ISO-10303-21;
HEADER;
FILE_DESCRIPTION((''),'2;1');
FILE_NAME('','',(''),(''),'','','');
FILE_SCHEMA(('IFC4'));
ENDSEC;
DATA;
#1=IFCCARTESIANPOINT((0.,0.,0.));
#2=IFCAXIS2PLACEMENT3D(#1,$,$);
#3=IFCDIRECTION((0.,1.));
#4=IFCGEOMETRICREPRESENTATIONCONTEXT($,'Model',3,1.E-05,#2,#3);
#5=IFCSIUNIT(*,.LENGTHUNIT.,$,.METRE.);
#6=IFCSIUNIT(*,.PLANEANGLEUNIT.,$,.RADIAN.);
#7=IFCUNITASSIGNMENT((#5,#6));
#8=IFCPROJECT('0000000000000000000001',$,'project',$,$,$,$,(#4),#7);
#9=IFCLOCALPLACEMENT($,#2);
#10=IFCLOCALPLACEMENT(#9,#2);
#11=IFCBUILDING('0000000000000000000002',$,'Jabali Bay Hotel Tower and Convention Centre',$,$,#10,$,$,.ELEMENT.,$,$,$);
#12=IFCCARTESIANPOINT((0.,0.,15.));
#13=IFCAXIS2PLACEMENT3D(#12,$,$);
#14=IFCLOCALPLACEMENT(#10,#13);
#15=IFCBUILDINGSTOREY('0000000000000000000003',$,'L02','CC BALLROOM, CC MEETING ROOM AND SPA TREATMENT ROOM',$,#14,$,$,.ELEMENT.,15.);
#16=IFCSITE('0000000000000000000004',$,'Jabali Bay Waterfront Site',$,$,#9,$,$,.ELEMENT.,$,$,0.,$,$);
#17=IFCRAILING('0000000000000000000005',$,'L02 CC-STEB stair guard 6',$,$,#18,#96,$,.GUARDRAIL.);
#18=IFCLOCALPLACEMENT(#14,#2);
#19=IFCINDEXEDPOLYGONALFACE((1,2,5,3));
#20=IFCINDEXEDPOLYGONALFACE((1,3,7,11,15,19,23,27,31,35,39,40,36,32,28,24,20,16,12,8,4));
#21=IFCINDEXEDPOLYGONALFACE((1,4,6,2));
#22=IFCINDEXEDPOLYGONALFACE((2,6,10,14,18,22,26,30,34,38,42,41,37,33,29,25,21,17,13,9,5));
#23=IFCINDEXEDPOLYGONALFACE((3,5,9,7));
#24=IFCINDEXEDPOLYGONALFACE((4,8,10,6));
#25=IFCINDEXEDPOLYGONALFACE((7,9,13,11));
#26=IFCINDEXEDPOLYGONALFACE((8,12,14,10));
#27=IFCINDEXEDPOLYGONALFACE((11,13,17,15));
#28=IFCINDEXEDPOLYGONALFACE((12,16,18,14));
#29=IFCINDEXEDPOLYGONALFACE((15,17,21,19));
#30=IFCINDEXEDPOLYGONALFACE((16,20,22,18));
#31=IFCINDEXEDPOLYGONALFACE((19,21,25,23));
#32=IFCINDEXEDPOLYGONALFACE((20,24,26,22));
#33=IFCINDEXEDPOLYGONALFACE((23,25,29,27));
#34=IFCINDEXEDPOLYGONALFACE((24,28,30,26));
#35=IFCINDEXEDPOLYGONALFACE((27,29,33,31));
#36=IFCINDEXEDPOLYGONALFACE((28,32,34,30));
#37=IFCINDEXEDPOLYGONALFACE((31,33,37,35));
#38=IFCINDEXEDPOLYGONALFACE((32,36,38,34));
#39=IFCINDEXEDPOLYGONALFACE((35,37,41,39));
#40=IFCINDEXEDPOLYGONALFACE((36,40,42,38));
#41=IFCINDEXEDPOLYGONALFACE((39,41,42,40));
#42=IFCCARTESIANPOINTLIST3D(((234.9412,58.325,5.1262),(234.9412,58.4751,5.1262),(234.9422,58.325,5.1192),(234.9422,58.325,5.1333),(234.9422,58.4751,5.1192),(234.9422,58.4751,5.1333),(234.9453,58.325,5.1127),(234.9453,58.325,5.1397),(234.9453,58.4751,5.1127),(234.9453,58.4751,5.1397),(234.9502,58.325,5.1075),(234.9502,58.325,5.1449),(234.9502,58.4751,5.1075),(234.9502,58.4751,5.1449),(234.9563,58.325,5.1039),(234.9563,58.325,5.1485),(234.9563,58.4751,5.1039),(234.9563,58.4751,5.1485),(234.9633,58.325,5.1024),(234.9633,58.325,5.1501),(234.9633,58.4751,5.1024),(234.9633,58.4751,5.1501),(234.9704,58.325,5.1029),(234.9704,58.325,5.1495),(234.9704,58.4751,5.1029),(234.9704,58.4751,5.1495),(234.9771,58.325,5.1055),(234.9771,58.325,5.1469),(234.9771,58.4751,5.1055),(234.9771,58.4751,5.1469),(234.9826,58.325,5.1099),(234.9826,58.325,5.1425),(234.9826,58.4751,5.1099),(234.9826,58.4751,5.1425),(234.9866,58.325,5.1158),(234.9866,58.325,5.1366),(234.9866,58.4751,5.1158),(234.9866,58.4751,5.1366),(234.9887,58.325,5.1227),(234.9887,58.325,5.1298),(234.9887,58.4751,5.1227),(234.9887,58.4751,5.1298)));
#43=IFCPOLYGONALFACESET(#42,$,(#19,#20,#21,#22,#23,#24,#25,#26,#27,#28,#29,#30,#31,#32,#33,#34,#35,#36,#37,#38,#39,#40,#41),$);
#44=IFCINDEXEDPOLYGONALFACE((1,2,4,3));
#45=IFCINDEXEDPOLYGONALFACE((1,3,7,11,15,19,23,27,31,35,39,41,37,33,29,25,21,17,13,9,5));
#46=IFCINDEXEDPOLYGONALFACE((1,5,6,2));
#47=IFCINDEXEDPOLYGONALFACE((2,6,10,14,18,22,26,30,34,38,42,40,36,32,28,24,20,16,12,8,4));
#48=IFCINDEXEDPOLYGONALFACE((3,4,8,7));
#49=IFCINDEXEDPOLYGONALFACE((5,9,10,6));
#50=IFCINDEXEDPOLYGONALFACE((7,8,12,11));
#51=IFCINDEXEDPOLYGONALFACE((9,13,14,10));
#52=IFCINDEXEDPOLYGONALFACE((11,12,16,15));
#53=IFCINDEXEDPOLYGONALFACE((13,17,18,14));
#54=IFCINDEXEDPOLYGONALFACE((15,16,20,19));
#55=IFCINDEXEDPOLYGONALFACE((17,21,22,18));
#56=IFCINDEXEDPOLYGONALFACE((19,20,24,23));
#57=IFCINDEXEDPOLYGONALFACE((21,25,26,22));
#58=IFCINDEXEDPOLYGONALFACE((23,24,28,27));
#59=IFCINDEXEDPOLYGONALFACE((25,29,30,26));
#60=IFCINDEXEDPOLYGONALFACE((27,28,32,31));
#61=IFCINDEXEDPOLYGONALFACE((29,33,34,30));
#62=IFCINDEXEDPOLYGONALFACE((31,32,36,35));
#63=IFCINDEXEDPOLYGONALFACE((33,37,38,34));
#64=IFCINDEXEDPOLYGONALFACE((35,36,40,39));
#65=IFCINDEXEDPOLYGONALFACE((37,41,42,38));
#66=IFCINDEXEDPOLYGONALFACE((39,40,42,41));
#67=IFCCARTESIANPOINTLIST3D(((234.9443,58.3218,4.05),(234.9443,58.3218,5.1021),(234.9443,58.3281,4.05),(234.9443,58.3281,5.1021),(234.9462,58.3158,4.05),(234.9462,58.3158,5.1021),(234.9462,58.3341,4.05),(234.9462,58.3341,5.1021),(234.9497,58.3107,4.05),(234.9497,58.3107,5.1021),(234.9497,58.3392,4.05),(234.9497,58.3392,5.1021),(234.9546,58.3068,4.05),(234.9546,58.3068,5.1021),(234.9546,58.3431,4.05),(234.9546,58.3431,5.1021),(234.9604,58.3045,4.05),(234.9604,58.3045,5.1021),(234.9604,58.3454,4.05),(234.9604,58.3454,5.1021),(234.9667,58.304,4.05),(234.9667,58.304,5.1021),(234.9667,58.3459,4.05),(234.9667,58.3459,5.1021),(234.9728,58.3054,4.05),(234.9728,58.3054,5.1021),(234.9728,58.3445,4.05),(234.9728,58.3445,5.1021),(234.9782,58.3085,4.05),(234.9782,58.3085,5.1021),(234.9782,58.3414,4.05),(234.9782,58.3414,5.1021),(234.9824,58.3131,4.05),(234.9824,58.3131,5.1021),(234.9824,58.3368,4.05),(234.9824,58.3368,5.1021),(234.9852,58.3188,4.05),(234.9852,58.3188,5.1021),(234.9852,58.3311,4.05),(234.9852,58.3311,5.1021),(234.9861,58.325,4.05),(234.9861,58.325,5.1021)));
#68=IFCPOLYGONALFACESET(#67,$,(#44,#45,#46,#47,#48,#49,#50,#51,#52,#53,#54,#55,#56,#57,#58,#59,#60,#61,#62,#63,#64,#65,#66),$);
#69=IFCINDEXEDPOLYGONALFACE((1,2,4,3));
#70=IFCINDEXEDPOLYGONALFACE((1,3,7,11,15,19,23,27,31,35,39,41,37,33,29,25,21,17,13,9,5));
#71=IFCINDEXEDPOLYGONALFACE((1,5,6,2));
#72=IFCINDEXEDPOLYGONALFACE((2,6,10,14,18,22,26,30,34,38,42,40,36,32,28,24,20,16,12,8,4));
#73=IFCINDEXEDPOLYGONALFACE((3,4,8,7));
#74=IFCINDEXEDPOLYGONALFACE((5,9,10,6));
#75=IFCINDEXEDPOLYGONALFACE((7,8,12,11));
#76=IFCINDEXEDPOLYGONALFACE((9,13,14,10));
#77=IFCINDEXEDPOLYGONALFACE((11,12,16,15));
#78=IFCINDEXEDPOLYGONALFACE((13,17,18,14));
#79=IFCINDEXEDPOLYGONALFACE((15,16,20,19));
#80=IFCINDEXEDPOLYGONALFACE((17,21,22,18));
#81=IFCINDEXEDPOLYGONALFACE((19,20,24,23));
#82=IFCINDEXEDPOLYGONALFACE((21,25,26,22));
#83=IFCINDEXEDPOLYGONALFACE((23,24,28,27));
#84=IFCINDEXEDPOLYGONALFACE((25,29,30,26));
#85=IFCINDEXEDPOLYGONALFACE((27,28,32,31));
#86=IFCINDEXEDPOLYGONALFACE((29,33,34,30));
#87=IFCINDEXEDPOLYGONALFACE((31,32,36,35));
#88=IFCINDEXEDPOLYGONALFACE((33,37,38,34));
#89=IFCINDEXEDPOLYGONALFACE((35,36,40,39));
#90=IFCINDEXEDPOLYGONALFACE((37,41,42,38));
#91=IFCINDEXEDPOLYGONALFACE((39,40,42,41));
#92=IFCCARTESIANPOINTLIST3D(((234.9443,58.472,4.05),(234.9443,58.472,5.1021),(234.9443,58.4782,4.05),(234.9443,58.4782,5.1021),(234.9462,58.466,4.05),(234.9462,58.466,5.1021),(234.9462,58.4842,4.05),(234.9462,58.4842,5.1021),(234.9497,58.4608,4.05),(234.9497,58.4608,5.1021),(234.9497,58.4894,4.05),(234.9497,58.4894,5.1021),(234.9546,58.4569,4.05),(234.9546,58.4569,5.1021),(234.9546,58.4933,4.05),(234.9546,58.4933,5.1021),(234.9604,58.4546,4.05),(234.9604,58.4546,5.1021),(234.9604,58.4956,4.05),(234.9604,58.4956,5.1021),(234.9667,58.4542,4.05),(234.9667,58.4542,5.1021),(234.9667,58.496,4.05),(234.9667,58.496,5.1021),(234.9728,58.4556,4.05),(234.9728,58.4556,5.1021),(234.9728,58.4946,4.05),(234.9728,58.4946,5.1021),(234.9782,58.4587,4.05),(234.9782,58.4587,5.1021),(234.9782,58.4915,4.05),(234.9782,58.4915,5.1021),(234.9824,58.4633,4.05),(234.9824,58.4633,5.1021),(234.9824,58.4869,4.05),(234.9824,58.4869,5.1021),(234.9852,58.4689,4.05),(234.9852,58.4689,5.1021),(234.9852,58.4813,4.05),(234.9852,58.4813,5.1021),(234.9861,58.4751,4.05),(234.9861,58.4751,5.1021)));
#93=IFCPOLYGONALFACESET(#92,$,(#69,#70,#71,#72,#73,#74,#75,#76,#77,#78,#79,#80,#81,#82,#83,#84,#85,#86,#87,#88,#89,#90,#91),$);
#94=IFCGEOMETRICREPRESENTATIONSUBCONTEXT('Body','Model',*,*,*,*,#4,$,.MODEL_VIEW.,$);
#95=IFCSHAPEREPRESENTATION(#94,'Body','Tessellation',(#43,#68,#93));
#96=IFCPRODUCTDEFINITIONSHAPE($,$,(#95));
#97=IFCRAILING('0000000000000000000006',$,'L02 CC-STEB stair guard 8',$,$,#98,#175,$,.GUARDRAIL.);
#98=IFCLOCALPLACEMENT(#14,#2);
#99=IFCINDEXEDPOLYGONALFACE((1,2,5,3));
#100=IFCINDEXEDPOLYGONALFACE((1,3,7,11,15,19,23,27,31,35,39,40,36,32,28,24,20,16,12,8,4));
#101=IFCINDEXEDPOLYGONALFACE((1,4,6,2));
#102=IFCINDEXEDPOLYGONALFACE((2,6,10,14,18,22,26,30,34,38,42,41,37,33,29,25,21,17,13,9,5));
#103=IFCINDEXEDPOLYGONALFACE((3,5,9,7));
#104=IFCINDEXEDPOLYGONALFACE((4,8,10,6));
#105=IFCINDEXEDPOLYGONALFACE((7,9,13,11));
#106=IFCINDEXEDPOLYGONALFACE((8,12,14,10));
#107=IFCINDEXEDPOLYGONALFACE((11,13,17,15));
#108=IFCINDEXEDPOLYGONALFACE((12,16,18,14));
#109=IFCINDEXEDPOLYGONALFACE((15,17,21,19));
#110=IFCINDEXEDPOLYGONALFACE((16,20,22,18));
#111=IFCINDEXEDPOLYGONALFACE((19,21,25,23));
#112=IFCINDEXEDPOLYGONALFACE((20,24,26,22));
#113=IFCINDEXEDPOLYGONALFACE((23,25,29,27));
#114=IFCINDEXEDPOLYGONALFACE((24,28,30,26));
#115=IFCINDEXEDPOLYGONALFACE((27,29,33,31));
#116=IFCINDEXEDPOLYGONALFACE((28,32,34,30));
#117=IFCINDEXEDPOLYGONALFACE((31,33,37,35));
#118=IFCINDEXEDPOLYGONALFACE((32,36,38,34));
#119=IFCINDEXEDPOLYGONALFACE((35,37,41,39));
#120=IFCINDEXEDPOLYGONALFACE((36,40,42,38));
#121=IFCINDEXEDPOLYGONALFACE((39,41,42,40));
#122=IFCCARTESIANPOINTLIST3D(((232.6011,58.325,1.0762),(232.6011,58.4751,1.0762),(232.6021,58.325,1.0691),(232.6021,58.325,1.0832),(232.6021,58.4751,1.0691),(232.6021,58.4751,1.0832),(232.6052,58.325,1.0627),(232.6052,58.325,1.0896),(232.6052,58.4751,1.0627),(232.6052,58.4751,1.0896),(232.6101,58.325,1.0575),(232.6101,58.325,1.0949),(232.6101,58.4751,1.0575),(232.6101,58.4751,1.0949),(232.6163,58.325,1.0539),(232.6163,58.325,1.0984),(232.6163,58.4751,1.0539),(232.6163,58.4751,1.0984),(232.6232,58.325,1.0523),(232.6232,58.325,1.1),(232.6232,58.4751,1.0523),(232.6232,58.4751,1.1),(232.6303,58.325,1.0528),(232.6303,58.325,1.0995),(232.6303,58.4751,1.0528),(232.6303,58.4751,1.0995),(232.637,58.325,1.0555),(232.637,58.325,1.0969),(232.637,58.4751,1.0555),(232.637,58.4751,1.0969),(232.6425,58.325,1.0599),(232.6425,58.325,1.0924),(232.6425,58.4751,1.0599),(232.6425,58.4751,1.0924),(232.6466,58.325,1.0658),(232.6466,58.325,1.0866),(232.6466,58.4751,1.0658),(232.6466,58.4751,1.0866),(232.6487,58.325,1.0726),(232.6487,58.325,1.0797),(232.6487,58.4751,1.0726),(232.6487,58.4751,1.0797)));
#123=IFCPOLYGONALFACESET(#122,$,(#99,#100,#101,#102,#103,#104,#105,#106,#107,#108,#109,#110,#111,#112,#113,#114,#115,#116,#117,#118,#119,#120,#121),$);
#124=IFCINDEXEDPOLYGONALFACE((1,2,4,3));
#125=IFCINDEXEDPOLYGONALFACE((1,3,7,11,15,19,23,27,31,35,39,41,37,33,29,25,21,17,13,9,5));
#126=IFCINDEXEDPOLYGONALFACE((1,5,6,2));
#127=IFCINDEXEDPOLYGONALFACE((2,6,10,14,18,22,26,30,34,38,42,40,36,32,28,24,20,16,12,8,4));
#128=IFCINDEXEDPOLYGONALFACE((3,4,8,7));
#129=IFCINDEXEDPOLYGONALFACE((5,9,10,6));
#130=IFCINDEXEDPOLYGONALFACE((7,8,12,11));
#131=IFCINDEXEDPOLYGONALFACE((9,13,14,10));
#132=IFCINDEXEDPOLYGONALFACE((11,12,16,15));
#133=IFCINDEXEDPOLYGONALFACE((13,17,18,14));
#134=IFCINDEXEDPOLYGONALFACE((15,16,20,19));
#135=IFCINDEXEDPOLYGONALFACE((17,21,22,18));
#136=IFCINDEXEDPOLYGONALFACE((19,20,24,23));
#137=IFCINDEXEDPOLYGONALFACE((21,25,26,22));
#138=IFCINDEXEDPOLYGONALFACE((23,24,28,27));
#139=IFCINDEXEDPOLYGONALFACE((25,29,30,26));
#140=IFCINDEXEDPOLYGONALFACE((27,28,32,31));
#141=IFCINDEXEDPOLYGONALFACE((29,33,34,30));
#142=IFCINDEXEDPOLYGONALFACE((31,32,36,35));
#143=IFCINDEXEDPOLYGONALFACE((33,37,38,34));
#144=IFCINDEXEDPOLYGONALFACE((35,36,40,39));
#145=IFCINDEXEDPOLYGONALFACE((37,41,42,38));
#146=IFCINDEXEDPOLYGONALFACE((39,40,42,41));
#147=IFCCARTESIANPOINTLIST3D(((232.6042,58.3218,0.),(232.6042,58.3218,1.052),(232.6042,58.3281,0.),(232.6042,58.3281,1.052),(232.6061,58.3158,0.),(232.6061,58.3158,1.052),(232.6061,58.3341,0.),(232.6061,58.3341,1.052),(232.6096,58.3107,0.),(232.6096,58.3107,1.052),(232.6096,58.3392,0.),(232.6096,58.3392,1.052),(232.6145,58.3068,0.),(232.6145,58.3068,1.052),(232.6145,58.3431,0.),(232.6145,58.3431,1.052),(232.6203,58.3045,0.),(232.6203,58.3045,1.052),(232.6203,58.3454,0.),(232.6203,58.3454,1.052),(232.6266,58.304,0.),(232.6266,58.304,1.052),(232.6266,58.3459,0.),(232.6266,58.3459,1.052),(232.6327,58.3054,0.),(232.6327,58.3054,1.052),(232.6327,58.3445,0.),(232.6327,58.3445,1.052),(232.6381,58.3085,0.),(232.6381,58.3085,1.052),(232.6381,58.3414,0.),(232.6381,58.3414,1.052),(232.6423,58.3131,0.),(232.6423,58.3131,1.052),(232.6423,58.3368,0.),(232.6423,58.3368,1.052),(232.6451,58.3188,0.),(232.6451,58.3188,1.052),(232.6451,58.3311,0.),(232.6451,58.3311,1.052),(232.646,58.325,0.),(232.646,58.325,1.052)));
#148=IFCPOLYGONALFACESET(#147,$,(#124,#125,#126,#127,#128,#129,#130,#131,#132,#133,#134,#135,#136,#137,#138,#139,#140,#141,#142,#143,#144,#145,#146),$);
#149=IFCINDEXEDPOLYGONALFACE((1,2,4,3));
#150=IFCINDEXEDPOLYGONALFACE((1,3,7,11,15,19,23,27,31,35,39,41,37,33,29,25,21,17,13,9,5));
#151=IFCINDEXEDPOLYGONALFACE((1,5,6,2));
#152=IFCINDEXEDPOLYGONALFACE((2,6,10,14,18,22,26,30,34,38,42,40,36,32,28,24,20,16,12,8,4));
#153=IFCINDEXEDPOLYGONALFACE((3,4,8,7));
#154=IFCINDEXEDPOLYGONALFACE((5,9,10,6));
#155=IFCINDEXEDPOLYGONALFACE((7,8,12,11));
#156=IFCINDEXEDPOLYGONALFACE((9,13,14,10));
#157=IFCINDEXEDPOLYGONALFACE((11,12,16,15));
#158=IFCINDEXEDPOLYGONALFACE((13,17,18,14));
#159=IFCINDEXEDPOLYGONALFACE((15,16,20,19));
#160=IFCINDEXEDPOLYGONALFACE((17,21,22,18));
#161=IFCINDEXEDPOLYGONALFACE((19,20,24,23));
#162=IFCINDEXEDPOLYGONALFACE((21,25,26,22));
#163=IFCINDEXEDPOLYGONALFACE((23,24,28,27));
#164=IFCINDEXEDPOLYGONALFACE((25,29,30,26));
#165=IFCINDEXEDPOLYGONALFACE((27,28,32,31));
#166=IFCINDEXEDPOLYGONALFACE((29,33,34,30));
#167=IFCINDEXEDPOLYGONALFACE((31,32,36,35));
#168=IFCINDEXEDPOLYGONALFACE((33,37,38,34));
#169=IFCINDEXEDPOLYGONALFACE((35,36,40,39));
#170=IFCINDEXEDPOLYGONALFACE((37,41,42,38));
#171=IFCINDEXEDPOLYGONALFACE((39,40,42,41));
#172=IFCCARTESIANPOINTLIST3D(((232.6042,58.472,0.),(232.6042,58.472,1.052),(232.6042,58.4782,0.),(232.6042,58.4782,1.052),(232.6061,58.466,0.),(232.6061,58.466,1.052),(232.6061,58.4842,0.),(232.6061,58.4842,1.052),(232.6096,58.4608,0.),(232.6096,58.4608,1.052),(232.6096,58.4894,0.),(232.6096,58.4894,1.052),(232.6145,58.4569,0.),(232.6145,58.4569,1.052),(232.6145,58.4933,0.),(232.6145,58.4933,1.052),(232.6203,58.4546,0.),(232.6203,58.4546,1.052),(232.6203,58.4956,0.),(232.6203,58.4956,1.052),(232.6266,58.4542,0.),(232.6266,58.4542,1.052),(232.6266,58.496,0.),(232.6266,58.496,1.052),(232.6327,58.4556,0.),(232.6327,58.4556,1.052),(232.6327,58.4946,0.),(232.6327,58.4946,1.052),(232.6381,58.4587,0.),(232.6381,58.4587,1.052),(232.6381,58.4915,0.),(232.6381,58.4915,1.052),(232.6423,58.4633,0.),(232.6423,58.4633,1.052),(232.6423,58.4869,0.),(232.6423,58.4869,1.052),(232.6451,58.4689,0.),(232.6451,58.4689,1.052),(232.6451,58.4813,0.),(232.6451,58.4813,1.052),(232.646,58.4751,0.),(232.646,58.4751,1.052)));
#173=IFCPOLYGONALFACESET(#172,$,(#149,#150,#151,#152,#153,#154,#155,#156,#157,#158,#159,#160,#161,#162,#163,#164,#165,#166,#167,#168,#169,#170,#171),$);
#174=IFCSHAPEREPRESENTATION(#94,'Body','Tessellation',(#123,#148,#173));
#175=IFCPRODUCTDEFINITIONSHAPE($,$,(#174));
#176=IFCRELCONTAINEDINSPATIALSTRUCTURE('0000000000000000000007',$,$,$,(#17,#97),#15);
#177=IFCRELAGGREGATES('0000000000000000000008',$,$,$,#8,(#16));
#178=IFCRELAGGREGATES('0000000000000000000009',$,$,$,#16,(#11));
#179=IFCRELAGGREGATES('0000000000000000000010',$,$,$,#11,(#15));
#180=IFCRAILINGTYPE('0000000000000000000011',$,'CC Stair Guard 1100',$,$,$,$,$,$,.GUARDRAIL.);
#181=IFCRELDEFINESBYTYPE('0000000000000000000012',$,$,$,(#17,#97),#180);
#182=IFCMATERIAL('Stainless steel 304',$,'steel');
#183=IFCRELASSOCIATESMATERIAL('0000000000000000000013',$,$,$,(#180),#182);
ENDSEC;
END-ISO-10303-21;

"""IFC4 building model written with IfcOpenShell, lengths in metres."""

from ifc_helpers import new_model, si_unit, direction, frame, origin, origin_2d, place, context, subcontext, project, spatial, circle, extrude, material, type_object, element, save


model = new_model("IFC4")

# Units and contexts
model_context = context("Model", 3, precision=1e-05, world=origin(), true_north=direction((0.0, 1.0)))
body_context = subcontext(model_context, "Body", "Model", "MODEL_VIEW")
ifc_project = project(units=[si_unit("LENGTHUNIT", "METRE"), si_unit("PLANEANGLEUNIT", "RADIAN")], contexts=[model_context])

# Site, building, storey
site_placement = place(None, origin())
site = spatial("IfcSite", under=ifc_project, at=site_placement, Name="Jabali Bay Waterfront Site", CompositionType="ELEMENT", RefElevation=0.0)
building_placement = place(site_placement, origin())
building = spatial("IfcBuilding", under=site, at=building_placement, Name="Jabali Bay Hotel Tower and Convention Centre", CompositionType="ELEMENT")
storey_placement = place(building_placement, frame((0.0, 0.0, 15.0)))
storey = spatial("IfcBuildingStorey", under=building, at=storey_placement, Name="L02", Description="CC BALLROOM, CC MEETING ROOM AND SPA TREATMENT ROOM", CompositionType="ELEMENT", Elevation=15.0)

# Railings
ifc_material_1 = material(Name="Stainless steel 304", Category="steel")
railing_type_1 = type_object("IfcRailingType", Name="CC Stair Guard 1100", PredefinedType="GUARDRAIL", material=ifc_material_1)
for number, where, name in (
    (1, (234.9651, 58.325, 4.05), "L02 CC-STEB stair guard 6"),
    (2, (232.625, 58.325, 0.0), "L02 CC-STEB stair guard 8"),
):
    element("IfcRailing", number, at=place(storey_placement, frame(where)), inside=storey, type_object=railing_type_1, Name=name, PredefinedType="GUARDRAIL", context=body_context, shape_type="SweptSolid", body=[
        extrude(circle(Radius=0.0239, at=origin_2d()), frame((0.0, 0.0, 1.0762), z_axis=(0.0, 1.0, 0.0), x_axis=(-1.0, 0.0, 0.0)), (0.0, 0.0, 1.0), 0.1501),
        extrude(circle(Radius=0.021, at=origin_2d()), origin(), (0.0, 0.0, 1.0), 1.052),
        extrude(circle(Radius=0.021, at=origin_2d()), frame((0.0, 0.1501, 0.0)), (0.0, 0.0, 1.0), 1.052),
    ])

save(model, "model.ifc")
